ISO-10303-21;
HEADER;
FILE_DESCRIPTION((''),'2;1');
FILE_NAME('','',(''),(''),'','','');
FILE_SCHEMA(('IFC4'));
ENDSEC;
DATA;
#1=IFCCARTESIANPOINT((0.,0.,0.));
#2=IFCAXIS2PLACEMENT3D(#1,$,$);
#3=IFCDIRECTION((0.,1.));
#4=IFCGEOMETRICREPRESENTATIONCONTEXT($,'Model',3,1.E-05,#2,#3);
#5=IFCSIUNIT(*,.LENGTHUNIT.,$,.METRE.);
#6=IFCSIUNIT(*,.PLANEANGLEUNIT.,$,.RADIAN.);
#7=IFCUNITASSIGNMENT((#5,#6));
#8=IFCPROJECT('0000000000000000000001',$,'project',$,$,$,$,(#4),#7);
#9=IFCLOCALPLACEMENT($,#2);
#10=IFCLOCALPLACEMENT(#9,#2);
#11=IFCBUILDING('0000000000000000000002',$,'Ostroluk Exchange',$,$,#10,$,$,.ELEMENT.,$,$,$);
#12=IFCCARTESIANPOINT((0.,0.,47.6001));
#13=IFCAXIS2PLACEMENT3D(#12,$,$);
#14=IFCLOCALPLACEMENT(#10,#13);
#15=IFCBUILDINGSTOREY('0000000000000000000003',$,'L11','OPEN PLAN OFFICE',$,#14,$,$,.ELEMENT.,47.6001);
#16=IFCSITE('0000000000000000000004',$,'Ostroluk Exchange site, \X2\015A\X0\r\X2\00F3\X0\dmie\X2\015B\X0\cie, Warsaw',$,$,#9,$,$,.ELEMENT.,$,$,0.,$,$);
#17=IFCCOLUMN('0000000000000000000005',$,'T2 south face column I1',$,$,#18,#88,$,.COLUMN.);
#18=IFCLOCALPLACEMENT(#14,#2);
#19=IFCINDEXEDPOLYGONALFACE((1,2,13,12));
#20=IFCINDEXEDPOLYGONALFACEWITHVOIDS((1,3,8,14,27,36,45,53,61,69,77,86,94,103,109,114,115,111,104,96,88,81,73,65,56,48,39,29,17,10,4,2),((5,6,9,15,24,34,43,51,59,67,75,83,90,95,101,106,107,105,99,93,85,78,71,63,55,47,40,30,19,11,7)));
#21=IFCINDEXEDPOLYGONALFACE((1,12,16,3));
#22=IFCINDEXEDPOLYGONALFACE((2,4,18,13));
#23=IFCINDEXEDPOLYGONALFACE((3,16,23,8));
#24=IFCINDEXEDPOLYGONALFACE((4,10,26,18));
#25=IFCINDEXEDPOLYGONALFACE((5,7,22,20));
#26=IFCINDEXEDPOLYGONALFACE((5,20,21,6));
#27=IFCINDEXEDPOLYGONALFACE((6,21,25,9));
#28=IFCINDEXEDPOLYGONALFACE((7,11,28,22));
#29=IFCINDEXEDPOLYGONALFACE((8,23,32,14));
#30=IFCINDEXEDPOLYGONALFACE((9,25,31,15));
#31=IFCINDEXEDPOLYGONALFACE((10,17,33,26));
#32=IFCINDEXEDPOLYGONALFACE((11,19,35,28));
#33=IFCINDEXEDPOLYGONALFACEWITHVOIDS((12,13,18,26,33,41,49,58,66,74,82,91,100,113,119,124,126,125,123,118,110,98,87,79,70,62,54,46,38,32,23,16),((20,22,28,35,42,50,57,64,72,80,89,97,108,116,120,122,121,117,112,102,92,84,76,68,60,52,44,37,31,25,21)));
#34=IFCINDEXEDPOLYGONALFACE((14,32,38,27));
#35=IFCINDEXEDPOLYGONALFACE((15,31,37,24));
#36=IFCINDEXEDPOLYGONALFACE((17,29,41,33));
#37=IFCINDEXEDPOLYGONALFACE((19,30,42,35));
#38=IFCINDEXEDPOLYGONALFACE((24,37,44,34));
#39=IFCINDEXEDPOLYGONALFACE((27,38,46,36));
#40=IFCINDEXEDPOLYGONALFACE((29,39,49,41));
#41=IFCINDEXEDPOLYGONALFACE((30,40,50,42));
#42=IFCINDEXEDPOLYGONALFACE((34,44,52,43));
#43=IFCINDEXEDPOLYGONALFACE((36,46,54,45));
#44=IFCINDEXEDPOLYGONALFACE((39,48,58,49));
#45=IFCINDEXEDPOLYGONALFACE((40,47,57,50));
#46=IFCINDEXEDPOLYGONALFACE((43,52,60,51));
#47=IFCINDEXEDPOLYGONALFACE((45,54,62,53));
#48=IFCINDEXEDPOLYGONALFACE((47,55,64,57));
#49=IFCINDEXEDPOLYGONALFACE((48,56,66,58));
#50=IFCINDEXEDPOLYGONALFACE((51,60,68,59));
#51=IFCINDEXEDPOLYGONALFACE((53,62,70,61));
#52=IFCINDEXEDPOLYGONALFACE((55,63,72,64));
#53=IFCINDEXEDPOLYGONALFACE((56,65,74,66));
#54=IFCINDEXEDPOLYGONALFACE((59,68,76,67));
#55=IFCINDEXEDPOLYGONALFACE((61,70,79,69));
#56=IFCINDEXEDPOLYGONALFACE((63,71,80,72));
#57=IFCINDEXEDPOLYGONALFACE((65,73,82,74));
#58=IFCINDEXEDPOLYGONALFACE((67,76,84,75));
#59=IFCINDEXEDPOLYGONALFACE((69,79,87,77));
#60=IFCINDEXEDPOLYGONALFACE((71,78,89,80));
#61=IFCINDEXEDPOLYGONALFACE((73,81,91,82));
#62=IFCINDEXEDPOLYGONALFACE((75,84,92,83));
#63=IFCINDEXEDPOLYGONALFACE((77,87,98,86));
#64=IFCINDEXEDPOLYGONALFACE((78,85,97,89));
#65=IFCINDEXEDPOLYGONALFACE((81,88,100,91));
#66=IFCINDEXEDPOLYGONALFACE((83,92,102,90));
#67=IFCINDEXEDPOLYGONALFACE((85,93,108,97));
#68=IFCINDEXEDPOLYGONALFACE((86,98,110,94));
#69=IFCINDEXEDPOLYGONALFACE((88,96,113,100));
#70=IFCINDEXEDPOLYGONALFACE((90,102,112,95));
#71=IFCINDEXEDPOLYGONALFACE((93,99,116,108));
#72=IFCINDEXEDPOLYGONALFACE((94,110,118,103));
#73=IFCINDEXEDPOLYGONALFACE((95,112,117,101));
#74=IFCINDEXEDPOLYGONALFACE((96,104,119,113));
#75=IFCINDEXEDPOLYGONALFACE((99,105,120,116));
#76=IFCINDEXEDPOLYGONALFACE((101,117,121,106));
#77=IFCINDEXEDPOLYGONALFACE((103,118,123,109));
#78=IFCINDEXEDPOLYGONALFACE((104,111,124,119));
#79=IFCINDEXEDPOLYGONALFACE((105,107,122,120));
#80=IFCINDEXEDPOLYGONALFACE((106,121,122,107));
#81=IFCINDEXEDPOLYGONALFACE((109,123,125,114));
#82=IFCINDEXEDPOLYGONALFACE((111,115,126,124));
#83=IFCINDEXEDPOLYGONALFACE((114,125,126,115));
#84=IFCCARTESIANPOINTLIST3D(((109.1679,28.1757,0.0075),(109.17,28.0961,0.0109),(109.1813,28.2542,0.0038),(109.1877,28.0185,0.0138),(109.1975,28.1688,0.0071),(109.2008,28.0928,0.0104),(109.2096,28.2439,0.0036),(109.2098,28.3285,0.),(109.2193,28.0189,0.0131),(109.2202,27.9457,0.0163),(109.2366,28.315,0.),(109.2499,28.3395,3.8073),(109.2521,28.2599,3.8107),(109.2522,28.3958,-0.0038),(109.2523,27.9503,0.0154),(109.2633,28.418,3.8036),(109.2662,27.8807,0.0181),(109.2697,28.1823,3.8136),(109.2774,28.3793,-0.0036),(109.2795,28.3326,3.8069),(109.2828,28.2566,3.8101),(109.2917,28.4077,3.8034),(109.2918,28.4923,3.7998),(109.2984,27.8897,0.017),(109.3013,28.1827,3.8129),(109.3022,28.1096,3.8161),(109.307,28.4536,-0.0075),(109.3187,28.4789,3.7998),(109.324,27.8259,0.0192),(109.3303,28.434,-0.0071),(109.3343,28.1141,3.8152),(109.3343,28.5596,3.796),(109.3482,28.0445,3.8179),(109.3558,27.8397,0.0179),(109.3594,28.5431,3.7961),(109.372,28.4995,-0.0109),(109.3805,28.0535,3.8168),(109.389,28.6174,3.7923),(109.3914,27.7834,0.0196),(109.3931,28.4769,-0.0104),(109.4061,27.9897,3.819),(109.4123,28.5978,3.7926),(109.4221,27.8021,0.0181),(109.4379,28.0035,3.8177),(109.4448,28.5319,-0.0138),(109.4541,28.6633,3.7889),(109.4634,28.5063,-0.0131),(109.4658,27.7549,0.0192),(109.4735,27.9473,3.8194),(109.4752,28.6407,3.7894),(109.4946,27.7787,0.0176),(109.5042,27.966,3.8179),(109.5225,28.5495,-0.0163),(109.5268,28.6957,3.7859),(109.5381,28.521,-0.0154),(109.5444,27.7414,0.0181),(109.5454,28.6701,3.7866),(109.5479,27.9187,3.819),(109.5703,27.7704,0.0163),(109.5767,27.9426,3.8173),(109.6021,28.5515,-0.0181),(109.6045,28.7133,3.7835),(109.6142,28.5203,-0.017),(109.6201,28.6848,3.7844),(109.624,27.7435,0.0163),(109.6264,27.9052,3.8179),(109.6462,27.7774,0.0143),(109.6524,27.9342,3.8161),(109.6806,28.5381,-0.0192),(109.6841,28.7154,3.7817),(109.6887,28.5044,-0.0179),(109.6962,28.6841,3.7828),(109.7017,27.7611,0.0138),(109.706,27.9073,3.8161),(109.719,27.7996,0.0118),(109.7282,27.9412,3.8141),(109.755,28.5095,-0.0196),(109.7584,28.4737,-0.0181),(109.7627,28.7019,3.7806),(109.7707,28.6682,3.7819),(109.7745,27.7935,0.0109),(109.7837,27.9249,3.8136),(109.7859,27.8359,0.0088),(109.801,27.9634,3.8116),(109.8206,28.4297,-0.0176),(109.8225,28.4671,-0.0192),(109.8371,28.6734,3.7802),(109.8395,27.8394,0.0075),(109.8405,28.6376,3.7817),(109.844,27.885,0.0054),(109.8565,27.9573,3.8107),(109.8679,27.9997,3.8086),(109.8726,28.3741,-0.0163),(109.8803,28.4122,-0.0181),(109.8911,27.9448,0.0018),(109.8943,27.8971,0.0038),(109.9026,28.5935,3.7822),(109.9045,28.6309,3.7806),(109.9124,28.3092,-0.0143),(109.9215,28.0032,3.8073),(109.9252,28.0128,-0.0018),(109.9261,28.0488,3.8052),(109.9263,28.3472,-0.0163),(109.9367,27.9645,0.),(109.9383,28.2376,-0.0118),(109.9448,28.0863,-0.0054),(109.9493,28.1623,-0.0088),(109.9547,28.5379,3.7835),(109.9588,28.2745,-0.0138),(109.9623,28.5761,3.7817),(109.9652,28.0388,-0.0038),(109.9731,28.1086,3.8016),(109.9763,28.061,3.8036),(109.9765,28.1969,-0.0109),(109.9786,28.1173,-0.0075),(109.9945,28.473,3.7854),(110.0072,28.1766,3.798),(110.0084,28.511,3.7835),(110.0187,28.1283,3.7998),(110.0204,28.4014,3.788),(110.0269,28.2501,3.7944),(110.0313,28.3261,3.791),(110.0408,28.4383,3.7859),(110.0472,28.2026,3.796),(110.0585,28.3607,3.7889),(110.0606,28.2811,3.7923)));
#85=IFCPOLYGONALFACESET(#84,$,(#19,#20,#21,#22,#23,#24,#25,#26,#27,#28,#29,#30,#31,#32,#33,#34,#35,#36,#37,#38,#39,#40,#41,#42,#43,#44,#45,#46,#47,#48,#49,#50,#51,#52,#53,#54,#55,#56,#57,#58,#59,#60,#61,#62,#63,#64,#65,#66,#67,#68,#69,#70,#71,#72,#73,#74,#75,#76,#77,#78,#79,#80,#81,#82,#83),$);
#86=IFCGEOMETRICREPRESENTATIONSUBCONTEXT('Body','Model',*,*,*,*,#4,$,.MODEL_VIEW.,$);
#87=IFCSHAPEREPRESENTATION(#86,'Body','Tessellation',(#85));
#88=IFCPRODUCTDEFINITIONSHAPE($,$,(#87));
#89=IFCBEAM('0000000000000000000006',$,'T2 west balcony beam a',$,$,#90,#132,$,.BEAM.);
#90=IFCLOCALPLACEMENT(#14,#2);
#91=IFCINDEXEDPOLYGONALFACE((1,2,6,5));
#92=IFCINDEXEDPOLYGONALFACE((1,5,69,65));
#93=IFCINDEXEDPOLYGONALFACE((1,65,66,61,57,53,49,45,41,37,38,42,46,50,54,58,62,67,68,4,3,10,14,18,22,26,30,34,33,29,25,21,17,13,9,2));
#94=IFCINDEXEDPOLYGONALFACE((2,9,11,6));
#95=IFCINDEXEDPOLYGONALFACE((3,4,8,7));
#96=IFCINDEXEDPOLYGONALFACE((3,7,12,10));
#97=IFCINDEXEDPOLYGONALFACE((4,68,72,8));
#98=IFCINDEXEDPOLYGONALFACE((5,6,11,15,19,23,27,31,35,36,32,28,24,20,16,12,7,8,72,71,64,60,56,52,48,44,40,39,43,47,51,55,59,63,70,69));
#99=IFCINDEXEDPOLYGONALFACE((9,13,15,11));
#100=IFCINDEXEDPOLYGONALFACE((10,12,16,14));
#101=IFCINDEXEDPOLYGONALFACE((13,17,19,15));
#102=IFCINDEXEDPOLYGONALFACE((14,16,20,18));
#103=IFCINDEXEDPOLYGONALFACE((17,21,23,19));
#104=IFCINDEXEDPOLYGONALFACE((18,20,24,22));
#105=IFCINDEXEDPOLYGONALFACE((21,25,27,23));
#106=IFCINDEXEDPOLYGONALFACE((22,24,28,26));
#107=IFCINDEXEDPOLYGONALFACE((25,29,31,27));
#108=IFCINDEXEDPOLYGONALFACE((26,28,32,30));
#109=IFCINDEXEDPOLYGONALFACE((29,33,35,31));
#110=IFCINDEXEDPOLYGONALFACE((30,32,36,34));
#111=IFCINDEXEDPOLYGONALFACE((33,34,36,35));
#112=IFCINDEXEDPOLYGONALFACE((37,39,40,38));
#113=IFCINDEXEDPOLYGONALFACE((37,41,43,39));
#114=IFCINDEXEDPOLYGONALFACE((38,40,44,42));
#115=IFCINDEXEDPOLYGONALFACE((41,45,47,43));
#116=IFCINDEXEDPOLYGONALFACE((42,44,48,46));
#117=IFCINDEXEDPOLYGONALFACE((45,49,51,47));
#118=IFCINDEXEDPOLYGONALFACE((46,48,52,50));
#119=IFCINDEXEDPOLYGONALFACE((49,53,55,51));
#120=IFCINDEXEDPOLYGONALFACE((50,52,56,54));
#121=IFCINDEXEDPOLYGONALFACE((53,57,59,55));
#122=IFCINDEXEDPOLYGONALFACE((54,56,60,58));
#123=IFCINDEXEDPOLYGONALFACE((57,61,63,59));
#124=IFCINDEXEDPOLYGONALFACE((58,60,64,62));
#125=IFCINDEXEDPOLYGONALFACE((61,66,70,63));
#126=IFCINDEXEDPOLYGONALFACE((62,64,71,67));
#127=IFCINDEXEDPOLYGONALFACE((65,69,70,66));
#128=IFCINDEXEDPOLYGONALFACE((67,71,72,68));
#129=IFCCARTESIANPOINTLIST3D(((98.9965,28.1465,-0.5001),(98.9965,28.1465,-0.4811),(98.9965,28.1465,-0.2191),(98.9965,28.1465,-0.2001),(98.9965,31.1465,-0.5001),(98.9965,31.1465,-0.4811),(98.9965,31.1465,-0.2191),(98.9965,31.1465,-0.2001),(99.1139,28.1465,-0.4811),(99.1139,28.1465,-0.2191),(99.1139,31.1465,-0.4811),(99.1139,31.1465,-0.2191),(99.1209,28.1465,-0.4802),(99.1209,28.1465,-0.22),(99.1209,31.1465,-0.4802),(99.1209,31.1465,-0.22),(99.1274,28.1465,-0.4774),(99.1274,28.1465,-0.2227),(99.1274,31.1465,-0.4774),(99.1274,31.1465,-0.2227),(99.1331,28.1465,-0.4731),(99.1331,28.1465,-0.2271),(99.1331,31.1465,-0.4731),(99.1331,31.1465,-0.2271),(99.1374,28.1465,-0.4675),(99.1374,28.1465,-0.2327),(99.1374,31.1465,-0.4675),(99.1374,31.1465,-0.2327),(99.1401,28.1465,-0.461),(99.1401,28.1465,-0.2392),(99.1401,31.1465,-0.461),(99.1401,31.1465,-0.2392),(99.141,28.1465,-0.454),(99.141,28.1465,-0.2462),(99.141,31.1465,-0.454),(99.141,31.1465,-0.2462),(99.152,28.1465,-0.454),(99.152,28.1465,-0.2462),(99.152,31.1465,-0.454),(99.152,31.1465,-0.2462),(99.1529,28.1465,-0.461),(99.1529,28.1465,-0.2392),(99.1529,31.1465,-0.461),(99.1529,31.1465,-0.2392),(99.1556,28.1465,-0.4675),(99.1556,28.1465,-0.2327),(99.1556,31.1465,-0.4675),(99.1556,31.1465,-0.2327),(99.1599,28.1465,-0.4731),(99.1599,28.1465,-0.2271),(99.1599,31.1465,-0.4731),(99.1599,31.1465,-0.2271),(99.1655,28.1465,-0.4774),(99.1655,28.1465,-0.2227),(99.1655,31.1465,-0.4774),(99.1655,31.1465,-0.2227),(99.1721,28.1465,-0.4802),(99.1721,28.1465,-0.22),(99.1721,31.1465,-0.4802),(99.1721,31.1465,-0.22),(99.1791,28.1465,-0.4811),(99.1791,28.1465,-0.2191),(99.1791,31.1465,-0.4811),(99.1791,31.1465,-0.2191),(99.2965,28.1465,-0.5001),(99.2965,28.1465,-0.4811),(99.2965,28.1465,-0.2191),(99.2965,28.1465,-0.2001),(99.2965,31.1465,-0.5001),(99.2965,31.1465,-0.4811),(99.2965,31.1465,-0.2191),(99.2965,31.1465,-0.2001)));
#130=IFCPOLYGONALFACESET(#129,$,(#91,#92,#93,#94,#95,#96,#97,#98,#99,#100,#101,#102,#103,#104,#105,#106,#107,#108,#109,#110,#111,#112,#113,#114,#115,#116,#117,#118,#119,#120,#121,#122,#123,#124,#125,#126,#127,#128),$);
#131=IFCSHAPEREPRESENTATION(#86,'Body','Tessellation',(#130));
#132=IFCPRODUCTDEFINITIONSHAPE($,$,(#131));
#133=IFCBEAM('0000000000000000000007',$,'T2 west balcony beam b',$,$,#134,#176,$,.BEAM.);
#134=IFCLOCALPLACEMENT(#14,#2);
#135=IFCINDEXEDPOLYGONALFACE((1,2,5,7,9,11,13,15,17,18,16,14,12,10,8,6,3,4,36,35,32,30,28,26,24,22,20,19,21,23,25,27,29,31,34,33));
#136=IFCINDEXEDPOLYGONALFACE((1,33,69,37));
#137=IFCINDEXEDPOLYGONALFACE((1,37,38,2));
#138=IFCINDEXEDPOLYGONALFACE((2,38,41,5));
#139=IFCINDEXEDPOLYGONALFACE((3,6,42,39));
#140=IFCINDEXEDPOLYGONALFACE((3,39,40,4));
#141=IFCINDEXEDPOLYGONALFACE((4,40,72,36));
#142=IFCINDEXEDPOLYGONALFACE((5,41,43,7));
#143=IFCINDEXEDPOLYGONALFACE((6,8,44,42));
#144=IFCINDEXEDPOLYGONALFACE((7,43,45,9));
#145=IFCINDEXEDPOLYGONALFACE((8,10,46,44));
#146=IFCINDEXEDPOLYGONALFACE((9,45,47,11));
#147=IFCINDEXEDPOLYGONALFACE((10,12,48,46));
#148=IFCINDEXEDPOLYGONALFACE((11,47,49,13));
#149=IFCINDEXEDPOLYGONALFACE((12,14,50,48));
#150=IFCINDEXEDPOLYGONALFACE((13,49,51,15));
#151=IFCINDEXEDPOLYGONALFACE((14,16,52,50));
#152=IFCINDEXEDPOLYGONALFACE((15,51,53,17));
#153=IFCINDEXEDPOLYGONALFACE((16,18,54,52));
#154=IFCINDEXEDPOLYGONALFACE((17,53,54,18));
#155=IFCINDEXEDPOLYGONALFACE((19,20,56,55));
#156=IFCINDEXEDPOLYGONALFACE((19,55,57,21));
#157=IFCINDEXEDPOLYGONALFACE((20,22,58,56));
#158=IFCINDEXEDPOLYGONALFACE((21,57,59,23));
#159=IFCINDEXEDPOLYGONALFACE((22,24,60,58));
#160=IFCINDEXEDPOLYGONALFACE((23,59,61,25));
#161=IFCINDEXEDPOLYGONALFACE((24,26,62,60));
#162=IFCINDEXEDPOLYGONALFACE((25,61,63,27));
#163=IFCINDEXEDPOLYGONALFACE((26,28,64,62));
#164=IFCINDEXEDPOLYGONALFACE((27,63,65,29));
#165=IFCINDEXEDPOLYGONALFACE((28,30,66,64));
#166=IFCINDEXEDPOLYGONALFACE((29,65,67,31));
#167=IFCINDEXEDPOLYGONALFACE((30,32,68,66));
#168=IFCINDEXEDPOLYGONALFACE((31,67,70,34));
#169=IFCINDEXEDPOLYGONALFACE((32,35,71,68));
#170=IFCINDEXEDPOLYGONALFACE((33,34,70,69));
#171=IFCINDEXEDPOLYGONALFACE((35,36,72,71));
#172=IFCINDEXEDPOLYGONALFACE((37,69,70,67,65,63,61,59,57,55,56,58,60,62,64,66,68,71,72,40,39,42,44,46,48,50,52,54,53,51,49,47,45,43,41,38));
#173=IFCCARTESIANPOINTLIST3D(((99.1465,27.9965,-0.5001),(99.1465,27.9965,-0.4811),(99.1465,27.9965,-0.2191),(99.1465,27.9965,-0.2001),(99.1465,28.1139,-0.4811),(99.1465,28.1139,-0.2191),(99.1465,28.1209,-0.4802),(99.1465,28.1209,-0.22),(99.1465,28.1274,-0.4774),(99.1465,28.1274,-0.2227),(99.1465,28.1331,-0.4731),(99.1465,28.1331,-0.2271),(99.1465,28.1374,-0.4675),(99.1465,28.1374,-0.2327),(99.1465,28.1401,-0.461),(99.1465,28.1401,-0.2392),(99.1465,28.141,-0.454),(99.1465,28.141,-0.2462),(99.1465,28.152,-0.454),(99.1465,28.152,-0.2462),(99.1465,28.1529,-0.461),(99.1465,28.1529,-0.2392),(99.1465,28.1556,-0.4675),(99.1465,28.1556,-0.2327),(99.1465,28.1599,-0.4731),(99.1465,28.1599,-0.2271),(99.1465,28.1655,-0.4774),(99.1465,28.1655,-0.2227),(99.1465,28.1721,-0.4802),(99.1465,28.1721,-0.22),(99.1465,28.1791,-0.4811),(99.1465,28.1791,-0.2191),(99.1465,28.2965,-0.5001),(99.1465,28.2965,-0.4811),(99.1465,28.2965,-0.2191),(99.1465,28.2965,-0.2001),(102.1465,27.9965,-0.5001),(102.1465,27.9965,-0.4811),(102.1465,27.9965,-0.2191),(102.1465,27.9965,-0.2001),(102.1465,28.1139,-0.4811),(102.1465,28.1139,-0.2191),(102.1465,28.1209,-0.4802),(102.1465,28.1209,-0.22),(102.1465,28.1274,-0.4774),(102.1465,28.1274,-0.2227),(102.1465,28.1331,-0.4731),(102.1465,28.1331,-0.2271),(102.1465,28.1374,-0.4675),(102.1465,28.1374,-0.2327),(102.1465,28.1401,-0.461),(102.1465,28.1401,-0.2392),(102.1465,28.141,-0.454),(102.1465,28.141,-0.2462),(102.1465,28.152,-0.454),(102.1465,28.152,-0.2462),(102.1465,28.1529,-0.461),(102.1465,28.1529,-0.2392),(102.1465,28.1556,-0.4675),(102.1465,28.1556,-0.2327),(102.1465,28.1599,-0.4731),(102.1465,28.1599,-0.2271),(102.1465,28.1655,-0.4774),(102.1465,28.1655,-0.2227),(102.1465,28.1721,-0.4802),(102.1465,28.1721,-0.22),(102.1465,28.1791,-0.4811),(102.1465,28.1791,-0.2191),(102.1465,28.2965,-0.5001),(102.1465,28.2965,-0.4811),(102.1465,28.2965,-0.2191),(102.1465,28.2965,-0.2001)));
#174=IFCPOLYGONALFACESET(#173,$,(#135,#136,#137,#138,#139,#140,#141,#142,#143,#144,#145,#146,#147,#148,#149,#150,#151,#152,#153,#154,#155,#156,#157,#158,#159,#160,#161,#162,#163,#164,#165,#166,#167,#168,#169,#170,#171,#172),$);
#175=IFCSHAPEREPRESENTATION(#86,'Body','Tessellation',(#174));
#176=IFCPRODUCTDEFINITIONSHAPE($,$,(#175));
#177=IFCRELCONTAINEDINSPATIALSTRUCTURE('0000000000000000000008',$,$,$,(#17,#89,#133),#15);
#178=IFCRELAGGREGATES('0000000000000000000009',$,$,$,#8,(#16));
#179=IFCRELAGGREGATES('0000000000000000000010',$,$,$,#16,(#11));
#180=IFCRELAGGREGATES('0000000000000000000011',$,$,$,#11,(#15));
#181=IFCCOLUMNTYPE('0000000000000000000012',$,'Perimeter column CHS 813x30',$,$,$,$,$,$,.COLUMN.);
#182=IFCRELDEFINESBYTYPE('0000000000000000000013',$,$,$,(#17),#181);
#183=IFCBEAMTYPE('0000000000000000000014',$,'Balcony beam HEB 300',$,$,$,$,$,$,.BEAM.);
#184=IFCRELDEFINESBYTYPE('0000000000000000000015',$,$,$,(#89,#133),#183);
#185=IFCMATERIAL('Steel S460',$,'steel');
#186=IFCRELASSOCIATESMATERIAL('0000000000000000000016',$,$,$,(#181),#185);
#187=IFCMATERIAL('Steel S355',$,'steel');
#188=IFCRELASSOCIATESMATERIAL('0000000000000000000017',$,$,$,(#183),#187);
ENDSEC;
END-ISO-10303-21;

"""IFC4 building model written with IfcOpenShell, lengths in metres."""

from ifc_helpers import new_model, si_unit, direction, frame, origin, origin_2d, place, context, subcontext, project, spatial, hollow_circle, i_section, extrude, material, material_profile, profile_set, type_object, element, save


model = new_model("IFC4")

# Units and contexts
model_context = context("Model", 3, precision=1e-05, world=origin(), true_north=direction((0.0, 1.0)))
body_context = subcontext(model_context, "Body", "Model", "MODEL_VIEW")
ifc_project = project(units=[si_unit("LENGTHUNIT", "METRE"), si_unit("PLANEANGLEUNIT", "RADIAN")], contexts=[model_context])

# Site, building, storey
site_placement = place(None, origin())
site = spatial("IfcSite", under=ifc_project, at=site_placement, Name="Ostroluk Exchange site, Śródmieście, Warsaw", CompositionType="ELEMENT", RefElevation=0.0)
building_placement = place(site_placement, origin())
building = spatial("IfcBuilding", under=site, at=building_placement, Name="Ostroluk Exchange", CompositionType="ELEMENT")
storey_placement = place(building_placement, frame((0.0, 0.0, 47.6001)))
storey = spatial("IfcBuildingStorey", under=building, at=storey_placement, Name="L11", Description="OPEN PLAN OFFICE", CompositionType="ELEMENT", Elevation=47.6001)

# Column
ifc_material_1 = material(Name="Steel S460", Category="steel")
ifc_material_profile_1 = material_profile(ifc_material_1, hollow_circle(Radius=0.4065, WallThickness=0.03, at=origin_2d()), Name="CHS 813x30")
ifc_profile_set_1 = profile_set([ifc_material_profile_1], Name="Steel S460")
column_type_1 = type_object("IfcColumnType", Name="Perimeter column CHS 813x30", PredefinedType="COLUMN", material=ifc_profile_set_1)
column_1_placement = place(storey_placement, frame((109.5732, 28.1465, 0.0), z_axis=(0.021563, 0.043062, 0.99884), x_axis=(-0.894161, 0.447747, 0.0)))
element("IfcColumn", 1, at=column_1_placement, inside=storey, type_object=column_type_1, Name="T2 south face column I1", PredefinedType="COLUMN", context=body_context, shape_type="SweptSolid", body=[
    extrude(hollow_circle(Radius=0.4065, WallThickness=0.03, at=origin_2d()), origin(), (0.0, 0.0, 1.0), 3.8042),
])

# Beams
ifc_material_2 = material(Name="Steel S355", Category="steel")
ifc_material_profile_2 = material_profile(ifc_material_2, i_section(OverallWidth=0.3, OverallDepth=0.3, WebThickness=0.011, FlangeThickness=0.019, FilletRadius=0.0271, at=origin_2d()), Name="HEB 300")
ifc_profile_set_2 = profile_set([ifc_material_profile_2], Name="Steel S355")
beam_type_1 = type_object("IfcBeamType", Name="Balcony beam HEB 300", PredefinedType="BEAM", material=ifc_profile_set_2)
for number, where, z_axis, x_axis, name in (
    (2, (99.1465, 31.1465, -0.3501), (0.0, -1.0, 0.0), (1.0, 0.0, 0.0), "T2 west balcony beam a"),
    (3, (102.1465, 28.1465, -0.3501), (-1.0, 0.0, 0.0), (0.0, -1.0, 0.0), "T2 west balcony beam b"),
):
    element("IfcBeam", number, at=place(storey_placement, frame(where, z_axis=z_axis, x_axis=x_axis)), inside=storey, type_object=beam_type_1, Name=name, PredefinedType="BEAM", context=body_context, shape_type="SweptSolid", body=[
        extrude(i_section(OverallWidth=0.3, OverallDepth=0.3, WebThickness=0.011, FlangeThickness=0.019, FilletRadius=0.0271, at=origin_2d()), origin(), (0.0, 0.0, 1.0), 3.0),
    ])

save(model, "model.ifc")
